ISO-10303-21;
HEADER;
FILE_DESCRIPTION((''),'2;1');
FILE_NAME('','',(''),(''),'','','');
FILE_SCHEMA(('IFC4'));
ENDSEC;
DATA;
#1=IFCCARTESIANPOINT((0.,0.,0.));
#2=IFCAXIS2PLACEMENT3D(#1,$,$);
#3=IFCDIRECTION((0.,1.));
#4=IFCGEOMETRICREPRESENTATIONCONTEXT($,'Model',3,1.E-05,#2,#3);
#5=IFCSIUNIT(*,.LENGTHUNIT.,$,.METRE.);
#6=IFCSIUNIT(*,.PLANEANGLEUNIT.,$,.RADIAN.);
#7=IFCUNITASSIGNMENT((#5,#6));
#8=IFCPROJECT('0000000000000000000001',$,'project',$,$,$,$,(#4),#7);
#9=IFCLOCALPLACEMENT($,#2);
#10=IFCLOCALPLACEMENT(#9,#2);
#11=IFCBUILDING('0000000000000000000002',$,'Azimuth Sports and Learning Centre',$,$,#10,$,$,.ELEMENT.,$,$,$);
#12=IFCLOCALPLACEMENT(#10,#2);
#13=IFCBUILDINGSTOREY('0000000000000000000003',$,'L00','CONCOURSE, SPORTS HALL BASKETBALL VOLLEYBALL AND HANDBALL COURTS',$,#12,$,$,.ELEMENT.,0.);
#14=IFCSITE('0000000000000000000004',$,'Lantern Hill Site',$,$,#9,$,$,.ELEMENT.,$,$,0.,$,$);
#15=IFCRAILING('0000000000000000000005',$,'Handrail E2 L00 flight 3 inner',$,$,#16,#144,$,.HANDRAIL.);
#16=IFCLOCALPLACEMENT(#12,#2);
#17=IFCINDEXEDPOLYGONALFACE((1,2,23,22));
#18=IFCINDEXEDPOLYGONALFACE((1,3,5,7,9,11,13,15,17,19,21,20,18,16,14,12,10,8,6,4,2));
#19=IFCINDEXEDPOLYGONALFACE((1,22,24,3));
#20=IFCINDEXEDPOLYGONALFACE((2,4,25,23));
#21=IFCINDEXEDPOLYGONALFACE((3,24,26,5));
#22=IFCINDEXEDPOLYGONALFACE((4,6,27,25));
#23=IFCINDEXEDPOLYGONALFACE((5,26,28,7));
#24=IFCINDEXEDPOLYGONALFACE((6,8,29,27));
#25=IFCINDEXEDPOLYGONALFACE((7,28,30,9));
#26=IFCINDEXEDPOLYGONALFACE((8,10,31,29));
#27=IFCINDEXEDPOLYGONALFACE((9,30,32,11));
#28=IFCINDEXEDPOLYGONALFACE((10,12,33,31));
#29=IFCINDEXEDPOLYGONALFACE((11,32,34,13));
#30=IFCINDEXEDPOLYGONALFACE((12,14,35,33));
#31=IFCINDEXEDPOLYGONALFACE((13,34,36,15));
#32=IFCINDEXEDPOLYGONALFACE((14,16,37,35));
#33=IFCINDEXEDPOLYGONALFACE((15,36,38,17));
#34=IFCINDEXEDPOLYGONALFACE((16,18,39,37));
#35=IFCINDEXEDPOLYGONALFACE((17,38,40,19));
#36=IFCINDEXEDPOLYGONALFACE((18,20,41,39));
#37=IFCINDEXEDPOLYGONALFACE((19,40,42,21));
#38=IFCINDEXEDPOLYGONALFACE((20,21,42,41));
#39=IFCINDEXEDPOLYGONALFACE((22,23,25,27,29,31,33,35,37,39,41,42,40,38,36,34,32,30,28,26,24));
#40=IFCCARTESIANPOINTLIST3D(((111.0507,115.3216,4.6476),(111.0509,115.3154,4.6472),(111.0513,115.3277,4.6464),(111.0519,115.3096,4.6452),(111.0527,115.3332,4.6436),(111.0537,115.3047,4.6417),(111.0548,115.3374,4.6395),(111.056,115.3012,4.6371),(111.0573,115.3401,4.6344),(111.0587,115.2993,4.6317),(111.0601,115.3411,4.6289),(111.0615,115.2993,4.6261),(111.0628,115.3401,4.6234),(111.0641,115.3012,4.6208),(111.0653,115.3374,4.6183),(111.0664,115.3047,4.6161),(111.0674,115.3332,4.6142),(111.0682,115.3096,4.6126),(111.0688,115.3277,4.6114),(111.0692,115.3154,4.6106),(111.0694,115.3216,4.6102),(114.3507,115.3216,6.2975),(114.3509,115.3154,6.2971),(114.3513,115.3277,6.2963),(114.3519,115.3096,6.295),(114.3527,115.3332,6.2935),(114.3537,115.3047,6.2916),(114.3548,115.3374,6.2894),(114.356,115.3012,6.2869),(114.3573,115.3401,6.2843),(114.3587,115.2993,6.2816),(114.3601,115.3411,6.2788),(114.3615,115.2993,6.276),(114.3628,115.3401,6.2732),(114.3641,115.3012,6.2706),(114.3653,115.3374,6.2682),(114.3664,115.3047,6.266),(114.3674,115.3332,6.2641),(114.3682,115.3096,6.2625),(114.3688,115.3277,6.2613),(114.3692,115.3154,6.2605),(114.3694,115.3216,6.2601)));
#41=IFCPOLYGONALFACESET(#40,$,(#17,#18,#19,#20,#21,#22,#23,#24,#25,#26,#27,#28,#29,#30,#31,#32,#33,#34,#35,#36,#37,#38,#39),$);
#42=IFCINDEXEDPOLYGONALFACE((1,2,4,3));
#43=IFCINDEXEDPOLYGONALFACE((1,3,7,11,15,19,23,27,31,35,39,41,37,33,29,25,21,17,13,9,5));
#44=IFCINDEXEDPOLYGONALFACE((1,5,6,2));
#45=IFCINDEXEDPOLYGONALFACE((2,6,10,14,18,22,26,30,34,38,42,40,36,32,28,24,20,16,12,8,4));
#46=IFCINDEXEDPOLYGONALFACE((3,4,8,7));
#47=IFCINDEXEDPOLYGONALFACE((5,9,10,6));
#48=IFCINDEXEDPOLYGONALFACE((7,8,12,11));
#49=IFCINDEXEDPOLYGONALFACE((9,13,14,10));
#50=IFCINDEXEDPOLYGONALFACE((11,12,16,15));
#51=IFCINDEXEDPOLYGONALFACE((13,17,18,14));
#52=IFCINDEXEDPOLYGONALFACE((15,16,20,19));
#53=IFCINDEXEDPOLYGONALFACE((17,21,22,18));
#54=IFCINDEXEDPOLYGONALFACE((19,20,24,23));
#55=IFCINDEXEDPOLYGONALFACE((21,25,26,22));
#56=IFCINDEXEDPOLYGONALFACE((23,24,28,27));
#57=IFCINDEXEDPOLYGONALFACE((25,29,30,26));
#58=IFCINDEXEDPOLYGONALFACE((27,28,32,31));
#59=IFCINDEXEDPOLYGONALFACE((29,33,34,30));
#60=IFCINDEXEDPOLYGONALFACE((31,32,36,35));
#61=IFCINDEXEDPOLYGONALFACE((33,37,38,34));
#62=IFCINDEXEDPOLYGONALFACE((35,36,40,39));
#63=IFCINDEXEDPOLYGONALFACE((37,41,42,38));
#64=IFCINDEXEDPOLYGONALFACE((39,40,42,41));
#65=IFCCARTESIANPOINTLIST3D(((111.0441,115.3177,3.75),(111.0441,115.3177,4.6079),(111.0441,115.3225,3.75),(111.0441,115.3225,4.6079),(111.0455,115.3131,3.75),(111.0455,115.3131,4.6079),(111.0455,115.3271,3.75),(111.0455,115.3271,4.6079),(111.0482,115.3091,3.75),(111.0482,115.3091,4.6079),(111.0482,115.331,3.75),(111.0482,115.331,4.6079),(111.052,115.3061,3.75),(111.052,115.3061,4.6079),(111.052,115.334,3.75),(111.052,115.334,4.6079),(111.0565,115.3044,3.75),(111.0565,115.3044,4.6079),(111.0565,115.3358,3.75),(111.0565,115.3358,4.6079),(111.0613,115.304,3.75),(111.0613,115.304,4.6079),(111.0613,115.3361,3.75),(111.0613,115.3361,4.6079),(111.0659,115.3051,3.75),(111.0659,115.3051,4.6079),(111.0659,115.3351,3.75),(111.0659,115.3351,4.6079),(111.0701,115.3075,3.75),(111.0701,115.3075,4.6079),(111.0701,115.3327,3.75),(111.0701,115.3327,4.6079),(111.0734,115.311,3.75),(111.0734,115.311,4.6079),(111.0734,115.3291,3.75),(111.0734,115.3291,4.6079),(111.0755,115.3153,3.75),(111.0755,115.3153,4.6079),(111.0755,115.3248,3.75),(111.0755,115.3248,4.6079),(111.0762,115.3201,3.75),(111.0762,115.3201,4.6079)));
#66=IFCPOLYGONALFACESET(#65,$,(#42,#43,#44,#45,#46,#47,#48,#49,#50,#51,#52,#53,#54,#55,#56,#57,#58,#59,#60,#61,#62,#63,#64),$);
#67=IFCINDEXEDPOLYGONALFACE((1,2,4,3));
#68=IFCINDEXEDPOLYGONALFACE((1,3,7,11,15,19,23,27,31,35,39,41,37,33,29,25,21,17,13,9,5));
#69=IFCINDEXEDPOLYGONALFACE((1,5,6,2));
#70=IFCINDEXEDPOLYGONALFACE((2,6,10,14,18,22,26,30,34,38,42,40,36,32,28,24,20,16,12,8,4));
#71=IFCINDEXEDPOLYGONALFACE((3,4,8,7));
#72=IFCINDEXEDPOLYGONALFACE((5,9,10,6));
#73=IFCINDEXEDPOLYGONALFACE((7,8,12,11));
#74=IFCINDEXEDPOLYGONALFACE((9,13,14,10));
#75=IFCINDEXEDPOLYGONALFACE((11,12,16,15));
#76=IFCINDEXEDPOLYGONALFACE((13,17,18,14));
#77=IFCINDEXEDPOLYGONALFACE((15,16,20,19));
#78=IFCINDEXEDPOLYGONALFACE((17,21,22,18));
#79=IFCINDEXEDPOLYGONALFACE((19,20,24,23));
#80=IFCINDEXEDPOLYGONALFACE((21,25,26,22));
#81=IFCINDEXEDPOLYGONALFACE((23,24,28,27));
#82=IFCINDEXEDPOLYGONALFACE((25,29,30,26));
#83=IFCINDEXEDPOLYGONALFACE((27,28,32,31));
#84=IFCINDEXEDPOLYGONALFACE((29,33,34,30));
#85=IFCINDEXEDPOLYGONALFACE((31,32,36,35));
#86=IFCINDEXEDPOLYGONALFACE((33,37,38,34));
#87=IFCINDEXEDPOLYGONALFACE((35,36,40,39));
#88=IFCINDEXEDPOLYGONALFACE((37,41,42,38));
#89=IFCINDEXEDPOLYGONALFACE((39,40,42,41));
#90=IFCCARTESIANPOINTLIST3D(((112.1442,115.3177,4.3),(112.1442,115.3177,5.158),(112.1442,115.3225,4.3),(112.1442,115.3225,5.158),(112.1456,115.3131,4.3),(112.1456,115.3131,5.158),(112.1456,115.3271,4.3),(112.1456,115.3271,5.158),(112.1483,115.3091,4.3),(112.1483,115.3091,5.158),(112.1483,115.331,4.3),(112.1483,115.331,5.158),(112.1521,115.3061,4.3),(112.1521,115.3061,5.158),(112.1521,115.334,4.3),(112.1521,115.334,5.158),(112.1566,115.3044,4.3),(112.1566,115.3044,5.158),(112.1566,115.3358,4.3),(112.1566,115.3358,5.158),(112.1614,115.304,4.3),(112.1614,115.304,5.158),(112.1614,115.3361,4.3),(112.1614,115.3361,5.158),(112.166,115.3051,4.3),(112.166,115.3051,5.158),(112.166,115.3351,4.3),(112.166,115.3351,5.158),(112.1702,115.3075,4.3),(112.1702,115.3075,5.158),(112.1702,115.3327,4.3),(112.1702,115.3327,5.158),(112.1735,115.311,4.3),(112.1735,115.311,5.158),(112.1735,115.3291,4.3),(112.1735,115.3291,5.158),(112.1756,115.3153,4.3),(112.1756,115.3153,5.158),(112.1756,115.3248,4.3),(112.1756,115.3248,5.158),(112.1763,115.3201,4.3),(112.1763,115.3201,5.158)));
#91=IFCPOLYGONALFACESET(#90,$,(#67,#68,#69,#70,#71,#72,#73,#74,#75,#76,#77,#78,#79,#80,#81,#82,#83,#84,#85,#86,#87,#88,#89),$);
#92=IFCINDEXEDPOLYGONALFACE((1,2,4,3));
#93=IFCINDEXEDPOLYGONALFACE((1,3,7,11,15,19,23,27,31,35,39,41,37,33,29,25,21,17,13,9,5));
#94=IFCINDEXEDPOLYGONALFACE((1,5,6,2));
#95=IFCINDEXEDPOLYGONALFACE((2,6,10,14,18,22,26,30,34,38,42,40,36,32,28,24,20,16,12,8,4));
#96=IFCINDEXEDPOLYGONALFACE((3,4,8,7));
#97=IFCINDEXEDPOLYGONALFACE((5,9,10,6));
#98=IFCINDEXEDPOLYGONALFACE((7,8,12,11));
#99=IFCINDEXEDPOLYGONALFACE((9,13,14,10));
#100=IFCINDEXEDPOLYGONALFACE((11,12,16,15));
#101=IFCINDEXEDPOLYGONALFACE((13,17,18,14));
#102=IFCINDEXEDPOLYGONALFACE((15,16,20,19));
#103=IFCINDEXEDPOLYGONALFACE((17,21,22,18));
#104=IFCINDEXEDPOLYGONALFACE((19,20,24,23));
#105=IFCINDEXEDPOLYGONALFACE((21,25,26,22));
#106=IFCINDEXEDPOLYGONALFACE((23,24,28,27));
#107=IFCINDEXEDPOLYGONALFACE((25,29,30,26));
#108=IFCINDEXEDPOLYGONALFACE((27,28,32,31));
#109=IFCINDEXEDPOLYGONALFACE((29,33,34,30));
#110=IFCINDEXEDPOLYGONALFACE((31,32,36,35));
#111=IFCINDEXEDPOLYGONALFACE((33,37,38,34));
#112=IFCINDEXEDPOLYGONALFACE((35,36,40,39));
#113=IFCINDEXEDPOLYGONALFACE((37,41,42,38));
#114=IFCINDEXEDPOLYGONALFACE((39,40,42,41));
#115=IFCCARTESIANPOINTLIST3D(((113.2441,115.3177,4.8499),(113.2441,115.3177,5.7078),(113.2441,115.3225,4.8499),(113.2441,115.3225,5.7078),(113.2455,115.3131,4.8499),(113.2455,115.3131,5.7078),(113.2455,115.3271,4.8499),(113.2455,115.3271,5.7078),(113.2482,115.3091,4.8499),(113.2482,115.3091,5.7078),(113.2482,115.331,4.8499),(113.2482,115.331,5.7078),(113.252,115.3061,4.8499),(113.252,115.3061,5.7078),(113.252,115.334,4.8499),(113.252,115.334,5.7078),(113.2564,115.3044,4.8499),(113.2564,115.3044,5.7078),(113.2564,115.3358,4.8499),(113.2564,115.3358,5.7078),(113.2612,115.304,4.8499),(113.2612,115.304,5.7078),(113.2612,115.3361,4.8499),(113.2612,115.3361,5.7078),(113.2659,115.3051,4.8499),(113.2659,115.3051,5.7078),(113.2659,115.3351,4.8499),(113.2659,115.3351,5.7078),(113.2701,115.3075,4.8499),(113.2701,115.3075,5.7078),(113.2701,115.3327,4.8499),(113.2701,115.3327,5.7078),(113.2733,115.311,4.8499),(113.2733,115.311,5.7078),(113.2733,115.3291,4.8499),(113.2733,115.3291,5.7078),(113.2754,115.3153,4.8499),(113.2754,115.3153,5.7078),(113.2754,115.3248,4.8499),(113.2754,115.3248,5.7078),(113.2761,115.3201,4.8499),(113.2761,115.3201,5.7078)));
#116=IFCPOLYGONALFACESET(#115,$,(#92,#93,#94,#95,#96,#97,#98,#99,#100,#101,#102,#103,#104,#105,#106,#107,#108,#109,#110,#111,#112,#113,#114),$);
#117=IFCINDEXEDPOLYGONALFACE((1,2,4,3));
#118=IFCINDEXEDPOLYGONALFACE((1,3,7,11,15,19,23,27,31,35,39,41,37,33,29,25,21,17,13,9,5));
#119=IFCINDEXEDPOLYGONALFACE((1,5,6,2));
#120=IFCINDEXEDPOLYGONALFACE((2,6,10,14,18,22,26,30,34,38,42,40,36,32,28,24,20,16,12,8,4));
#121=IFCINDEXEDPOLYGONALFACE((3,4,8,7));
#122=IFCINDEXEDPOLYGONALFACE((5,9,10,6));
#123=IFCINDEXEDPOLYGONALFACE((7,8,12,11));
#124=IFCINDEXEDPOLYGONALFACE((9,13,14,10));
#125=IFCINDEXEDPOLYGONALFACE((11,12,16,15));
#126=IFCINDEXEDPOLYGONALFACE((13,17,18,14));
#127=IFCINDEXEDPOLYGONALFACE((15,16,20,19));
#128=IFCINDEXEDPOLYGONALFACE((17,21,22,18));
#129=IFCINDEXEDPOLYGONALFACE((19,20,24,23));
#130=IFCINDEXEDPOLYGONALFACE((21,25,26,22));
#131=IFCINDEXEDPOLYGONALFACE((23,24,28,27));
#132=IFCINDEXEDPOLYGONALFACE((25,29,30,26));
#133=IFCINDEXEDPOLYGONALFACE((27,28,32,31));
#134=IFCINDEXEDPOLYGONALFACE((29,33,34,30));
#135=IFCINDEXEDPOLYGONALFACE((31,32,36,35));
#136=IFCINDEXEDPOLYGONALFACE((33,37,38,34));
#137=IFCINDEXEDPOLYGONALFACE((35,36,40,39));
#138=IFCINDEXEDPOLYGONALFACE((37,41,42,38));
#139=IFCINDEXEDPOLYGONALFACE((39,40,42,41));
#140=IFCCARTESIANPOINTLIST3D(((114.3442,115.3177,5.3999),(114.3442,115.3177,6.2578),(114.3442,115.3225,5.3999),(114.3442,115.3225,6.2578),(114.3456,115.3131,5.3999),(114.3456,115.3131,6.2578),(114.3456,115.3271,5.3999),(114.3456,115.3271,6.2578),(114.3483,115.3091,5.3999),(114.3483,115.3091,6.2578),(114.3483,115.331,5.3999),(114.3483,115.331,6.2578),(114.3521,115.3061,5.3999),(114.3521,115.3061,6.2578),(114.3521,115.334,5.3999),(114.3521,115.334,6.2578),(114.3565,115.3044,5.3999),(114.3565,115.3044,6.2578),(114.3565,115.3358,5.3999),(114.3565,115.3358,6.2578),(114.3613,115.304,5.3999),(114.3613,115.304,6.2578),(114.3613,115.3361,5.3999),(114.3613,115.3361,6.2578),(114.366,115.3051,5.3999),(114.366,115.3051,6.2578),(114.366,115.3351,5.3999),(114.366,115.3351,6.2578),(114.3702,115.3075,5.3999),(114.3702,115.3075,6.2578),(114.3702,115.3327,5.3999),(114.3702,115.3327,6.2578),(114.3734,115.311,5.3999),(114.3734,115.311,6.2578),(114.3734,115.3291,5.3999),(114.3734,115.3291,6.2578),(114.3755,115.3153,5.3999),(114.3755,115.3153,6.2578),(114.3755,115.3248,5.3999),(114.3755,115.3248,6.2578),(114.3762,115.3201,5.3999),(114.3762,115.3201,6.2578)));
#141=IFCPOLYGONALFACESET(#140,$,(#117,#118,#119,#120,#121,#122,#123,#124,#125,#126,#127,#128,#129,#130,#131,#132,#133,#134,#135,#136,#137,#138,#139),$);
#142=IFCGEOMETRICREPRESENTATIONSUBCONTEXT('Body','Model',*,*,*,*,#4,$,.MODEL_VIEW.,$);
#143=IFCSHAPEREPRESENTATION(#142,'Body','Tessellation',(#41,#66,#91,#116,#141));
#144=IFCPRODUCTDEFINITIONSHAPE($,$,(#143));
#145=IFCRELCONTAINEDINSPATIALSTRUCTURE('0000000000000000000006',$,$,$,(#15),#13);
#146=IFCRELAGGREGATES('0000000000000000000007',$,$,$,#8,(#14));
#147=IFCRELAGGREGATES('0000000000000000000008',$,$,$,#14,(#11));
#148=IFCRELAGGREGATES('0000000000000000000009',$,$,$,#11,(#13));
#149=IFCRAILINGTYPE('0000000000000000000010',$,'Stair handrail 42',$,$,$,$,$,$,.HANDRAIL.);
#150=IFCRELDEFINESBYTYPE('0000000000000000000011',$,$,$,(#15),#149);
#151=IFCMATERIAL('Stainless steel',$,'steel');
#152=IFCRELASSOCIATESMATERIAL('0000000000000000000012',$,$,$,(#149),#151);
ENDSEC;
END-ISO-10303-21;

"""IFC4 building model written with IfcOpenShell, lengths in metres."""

from ifc_helpers import new_model, si_unit, direction, frame, origin, origin_2d, place, context, subcontext, project, spatial, circle, extrude, material, type_object, element, save


model = new_model("IFC4")

# Units and contexts
model_context = context("Model", 3, precision=1e-05, world=origin(), true_north=direction((0.0, 1.0)))
body_context = subcontext(model_context, "Body", "Model", "MODEL_VIEW")
ifc_project = project(units=[si_unit("LENGTHUNIT", "METRE"), si_unit("PLANEANGLEUNIT", "RADIAN")], contexts=[model_context])

# Site, building, storey
site_placement = place(None, origin())
site = spatial("IfcSite", under=ifc_project, at=site_placement, Name="Lantern Hill Site", CompositionType="ELEMENT", RefElevation=0.0)
building_placement = place(site_placement, origin())
building = spatial("IfcBuilding", under=site, at=building_placement, Name="Azimuth Sports and Learning Centre", CompositionType="ELEMENT")
storey_placement = place(building_placement, origin())
storey = spatial("IfcBuildingStorey", under=building, at=storey_placement, Name="L00", Description="CONCOURSE, SPORTS HALL BASKETBALL VOLLEYBALL AND HANDBALL COURTS", CompositionType="ELEMENT", Elevation=0.0)

# Railing
ifc_material_1 = material(Name="Stainless steel", Category="steel")
railing_type_1 = type_object("IfcRailingType", Name="Stair handrail 42", PredefinedType="HANDRAIL", material=ifc_material_1)
for number, where, name in (
    (1, (111.0601, 115.3201, 3.75), "Handrail E2 L00 flight 3 inner"),
):
    element("IfcRailing", number, at=place(storey_placement, frame(where)), inside=storey, type_object=railing_type_1, Name=name, PredefinedType="HANDRAIL", context=body_context, shape_type="SweptSolid", body=[
        extrude(circle(Radius=0.021, at=origin_2d()), frame((0.0, 0.0, 0.8789), z_axis=(0.89444, 0.0, 0.447187), x_axis=(0.0, 1.0, 0.0)), (0.0, 0.0, 1.0), 3.6895),
        extrude(circle(Radius=0.0161, at=origin_2d()), origin(), (0.0, 0.0, 1.0), 0.8579),
        extrude(circle(Radius=0.0161, at=origin_2d()), frame((1.1001, 0.0, 0.55)), (0.0, 0.0, 1.0), 0.8579),
        extrude(circle(Radius=0.0161, at=origin_2d()), frame((2.2, 0.0, 1.0999)), (0.0, 0.0, 1.0), 0.8579),
        extrude(circle(Radius=0.0161, at=origin_2d()), frame((3.3, 0.0, 1.6499)), (0.0, 0.0, 1.0), 0.8579),
    ])

save(model, "model.ifc")
